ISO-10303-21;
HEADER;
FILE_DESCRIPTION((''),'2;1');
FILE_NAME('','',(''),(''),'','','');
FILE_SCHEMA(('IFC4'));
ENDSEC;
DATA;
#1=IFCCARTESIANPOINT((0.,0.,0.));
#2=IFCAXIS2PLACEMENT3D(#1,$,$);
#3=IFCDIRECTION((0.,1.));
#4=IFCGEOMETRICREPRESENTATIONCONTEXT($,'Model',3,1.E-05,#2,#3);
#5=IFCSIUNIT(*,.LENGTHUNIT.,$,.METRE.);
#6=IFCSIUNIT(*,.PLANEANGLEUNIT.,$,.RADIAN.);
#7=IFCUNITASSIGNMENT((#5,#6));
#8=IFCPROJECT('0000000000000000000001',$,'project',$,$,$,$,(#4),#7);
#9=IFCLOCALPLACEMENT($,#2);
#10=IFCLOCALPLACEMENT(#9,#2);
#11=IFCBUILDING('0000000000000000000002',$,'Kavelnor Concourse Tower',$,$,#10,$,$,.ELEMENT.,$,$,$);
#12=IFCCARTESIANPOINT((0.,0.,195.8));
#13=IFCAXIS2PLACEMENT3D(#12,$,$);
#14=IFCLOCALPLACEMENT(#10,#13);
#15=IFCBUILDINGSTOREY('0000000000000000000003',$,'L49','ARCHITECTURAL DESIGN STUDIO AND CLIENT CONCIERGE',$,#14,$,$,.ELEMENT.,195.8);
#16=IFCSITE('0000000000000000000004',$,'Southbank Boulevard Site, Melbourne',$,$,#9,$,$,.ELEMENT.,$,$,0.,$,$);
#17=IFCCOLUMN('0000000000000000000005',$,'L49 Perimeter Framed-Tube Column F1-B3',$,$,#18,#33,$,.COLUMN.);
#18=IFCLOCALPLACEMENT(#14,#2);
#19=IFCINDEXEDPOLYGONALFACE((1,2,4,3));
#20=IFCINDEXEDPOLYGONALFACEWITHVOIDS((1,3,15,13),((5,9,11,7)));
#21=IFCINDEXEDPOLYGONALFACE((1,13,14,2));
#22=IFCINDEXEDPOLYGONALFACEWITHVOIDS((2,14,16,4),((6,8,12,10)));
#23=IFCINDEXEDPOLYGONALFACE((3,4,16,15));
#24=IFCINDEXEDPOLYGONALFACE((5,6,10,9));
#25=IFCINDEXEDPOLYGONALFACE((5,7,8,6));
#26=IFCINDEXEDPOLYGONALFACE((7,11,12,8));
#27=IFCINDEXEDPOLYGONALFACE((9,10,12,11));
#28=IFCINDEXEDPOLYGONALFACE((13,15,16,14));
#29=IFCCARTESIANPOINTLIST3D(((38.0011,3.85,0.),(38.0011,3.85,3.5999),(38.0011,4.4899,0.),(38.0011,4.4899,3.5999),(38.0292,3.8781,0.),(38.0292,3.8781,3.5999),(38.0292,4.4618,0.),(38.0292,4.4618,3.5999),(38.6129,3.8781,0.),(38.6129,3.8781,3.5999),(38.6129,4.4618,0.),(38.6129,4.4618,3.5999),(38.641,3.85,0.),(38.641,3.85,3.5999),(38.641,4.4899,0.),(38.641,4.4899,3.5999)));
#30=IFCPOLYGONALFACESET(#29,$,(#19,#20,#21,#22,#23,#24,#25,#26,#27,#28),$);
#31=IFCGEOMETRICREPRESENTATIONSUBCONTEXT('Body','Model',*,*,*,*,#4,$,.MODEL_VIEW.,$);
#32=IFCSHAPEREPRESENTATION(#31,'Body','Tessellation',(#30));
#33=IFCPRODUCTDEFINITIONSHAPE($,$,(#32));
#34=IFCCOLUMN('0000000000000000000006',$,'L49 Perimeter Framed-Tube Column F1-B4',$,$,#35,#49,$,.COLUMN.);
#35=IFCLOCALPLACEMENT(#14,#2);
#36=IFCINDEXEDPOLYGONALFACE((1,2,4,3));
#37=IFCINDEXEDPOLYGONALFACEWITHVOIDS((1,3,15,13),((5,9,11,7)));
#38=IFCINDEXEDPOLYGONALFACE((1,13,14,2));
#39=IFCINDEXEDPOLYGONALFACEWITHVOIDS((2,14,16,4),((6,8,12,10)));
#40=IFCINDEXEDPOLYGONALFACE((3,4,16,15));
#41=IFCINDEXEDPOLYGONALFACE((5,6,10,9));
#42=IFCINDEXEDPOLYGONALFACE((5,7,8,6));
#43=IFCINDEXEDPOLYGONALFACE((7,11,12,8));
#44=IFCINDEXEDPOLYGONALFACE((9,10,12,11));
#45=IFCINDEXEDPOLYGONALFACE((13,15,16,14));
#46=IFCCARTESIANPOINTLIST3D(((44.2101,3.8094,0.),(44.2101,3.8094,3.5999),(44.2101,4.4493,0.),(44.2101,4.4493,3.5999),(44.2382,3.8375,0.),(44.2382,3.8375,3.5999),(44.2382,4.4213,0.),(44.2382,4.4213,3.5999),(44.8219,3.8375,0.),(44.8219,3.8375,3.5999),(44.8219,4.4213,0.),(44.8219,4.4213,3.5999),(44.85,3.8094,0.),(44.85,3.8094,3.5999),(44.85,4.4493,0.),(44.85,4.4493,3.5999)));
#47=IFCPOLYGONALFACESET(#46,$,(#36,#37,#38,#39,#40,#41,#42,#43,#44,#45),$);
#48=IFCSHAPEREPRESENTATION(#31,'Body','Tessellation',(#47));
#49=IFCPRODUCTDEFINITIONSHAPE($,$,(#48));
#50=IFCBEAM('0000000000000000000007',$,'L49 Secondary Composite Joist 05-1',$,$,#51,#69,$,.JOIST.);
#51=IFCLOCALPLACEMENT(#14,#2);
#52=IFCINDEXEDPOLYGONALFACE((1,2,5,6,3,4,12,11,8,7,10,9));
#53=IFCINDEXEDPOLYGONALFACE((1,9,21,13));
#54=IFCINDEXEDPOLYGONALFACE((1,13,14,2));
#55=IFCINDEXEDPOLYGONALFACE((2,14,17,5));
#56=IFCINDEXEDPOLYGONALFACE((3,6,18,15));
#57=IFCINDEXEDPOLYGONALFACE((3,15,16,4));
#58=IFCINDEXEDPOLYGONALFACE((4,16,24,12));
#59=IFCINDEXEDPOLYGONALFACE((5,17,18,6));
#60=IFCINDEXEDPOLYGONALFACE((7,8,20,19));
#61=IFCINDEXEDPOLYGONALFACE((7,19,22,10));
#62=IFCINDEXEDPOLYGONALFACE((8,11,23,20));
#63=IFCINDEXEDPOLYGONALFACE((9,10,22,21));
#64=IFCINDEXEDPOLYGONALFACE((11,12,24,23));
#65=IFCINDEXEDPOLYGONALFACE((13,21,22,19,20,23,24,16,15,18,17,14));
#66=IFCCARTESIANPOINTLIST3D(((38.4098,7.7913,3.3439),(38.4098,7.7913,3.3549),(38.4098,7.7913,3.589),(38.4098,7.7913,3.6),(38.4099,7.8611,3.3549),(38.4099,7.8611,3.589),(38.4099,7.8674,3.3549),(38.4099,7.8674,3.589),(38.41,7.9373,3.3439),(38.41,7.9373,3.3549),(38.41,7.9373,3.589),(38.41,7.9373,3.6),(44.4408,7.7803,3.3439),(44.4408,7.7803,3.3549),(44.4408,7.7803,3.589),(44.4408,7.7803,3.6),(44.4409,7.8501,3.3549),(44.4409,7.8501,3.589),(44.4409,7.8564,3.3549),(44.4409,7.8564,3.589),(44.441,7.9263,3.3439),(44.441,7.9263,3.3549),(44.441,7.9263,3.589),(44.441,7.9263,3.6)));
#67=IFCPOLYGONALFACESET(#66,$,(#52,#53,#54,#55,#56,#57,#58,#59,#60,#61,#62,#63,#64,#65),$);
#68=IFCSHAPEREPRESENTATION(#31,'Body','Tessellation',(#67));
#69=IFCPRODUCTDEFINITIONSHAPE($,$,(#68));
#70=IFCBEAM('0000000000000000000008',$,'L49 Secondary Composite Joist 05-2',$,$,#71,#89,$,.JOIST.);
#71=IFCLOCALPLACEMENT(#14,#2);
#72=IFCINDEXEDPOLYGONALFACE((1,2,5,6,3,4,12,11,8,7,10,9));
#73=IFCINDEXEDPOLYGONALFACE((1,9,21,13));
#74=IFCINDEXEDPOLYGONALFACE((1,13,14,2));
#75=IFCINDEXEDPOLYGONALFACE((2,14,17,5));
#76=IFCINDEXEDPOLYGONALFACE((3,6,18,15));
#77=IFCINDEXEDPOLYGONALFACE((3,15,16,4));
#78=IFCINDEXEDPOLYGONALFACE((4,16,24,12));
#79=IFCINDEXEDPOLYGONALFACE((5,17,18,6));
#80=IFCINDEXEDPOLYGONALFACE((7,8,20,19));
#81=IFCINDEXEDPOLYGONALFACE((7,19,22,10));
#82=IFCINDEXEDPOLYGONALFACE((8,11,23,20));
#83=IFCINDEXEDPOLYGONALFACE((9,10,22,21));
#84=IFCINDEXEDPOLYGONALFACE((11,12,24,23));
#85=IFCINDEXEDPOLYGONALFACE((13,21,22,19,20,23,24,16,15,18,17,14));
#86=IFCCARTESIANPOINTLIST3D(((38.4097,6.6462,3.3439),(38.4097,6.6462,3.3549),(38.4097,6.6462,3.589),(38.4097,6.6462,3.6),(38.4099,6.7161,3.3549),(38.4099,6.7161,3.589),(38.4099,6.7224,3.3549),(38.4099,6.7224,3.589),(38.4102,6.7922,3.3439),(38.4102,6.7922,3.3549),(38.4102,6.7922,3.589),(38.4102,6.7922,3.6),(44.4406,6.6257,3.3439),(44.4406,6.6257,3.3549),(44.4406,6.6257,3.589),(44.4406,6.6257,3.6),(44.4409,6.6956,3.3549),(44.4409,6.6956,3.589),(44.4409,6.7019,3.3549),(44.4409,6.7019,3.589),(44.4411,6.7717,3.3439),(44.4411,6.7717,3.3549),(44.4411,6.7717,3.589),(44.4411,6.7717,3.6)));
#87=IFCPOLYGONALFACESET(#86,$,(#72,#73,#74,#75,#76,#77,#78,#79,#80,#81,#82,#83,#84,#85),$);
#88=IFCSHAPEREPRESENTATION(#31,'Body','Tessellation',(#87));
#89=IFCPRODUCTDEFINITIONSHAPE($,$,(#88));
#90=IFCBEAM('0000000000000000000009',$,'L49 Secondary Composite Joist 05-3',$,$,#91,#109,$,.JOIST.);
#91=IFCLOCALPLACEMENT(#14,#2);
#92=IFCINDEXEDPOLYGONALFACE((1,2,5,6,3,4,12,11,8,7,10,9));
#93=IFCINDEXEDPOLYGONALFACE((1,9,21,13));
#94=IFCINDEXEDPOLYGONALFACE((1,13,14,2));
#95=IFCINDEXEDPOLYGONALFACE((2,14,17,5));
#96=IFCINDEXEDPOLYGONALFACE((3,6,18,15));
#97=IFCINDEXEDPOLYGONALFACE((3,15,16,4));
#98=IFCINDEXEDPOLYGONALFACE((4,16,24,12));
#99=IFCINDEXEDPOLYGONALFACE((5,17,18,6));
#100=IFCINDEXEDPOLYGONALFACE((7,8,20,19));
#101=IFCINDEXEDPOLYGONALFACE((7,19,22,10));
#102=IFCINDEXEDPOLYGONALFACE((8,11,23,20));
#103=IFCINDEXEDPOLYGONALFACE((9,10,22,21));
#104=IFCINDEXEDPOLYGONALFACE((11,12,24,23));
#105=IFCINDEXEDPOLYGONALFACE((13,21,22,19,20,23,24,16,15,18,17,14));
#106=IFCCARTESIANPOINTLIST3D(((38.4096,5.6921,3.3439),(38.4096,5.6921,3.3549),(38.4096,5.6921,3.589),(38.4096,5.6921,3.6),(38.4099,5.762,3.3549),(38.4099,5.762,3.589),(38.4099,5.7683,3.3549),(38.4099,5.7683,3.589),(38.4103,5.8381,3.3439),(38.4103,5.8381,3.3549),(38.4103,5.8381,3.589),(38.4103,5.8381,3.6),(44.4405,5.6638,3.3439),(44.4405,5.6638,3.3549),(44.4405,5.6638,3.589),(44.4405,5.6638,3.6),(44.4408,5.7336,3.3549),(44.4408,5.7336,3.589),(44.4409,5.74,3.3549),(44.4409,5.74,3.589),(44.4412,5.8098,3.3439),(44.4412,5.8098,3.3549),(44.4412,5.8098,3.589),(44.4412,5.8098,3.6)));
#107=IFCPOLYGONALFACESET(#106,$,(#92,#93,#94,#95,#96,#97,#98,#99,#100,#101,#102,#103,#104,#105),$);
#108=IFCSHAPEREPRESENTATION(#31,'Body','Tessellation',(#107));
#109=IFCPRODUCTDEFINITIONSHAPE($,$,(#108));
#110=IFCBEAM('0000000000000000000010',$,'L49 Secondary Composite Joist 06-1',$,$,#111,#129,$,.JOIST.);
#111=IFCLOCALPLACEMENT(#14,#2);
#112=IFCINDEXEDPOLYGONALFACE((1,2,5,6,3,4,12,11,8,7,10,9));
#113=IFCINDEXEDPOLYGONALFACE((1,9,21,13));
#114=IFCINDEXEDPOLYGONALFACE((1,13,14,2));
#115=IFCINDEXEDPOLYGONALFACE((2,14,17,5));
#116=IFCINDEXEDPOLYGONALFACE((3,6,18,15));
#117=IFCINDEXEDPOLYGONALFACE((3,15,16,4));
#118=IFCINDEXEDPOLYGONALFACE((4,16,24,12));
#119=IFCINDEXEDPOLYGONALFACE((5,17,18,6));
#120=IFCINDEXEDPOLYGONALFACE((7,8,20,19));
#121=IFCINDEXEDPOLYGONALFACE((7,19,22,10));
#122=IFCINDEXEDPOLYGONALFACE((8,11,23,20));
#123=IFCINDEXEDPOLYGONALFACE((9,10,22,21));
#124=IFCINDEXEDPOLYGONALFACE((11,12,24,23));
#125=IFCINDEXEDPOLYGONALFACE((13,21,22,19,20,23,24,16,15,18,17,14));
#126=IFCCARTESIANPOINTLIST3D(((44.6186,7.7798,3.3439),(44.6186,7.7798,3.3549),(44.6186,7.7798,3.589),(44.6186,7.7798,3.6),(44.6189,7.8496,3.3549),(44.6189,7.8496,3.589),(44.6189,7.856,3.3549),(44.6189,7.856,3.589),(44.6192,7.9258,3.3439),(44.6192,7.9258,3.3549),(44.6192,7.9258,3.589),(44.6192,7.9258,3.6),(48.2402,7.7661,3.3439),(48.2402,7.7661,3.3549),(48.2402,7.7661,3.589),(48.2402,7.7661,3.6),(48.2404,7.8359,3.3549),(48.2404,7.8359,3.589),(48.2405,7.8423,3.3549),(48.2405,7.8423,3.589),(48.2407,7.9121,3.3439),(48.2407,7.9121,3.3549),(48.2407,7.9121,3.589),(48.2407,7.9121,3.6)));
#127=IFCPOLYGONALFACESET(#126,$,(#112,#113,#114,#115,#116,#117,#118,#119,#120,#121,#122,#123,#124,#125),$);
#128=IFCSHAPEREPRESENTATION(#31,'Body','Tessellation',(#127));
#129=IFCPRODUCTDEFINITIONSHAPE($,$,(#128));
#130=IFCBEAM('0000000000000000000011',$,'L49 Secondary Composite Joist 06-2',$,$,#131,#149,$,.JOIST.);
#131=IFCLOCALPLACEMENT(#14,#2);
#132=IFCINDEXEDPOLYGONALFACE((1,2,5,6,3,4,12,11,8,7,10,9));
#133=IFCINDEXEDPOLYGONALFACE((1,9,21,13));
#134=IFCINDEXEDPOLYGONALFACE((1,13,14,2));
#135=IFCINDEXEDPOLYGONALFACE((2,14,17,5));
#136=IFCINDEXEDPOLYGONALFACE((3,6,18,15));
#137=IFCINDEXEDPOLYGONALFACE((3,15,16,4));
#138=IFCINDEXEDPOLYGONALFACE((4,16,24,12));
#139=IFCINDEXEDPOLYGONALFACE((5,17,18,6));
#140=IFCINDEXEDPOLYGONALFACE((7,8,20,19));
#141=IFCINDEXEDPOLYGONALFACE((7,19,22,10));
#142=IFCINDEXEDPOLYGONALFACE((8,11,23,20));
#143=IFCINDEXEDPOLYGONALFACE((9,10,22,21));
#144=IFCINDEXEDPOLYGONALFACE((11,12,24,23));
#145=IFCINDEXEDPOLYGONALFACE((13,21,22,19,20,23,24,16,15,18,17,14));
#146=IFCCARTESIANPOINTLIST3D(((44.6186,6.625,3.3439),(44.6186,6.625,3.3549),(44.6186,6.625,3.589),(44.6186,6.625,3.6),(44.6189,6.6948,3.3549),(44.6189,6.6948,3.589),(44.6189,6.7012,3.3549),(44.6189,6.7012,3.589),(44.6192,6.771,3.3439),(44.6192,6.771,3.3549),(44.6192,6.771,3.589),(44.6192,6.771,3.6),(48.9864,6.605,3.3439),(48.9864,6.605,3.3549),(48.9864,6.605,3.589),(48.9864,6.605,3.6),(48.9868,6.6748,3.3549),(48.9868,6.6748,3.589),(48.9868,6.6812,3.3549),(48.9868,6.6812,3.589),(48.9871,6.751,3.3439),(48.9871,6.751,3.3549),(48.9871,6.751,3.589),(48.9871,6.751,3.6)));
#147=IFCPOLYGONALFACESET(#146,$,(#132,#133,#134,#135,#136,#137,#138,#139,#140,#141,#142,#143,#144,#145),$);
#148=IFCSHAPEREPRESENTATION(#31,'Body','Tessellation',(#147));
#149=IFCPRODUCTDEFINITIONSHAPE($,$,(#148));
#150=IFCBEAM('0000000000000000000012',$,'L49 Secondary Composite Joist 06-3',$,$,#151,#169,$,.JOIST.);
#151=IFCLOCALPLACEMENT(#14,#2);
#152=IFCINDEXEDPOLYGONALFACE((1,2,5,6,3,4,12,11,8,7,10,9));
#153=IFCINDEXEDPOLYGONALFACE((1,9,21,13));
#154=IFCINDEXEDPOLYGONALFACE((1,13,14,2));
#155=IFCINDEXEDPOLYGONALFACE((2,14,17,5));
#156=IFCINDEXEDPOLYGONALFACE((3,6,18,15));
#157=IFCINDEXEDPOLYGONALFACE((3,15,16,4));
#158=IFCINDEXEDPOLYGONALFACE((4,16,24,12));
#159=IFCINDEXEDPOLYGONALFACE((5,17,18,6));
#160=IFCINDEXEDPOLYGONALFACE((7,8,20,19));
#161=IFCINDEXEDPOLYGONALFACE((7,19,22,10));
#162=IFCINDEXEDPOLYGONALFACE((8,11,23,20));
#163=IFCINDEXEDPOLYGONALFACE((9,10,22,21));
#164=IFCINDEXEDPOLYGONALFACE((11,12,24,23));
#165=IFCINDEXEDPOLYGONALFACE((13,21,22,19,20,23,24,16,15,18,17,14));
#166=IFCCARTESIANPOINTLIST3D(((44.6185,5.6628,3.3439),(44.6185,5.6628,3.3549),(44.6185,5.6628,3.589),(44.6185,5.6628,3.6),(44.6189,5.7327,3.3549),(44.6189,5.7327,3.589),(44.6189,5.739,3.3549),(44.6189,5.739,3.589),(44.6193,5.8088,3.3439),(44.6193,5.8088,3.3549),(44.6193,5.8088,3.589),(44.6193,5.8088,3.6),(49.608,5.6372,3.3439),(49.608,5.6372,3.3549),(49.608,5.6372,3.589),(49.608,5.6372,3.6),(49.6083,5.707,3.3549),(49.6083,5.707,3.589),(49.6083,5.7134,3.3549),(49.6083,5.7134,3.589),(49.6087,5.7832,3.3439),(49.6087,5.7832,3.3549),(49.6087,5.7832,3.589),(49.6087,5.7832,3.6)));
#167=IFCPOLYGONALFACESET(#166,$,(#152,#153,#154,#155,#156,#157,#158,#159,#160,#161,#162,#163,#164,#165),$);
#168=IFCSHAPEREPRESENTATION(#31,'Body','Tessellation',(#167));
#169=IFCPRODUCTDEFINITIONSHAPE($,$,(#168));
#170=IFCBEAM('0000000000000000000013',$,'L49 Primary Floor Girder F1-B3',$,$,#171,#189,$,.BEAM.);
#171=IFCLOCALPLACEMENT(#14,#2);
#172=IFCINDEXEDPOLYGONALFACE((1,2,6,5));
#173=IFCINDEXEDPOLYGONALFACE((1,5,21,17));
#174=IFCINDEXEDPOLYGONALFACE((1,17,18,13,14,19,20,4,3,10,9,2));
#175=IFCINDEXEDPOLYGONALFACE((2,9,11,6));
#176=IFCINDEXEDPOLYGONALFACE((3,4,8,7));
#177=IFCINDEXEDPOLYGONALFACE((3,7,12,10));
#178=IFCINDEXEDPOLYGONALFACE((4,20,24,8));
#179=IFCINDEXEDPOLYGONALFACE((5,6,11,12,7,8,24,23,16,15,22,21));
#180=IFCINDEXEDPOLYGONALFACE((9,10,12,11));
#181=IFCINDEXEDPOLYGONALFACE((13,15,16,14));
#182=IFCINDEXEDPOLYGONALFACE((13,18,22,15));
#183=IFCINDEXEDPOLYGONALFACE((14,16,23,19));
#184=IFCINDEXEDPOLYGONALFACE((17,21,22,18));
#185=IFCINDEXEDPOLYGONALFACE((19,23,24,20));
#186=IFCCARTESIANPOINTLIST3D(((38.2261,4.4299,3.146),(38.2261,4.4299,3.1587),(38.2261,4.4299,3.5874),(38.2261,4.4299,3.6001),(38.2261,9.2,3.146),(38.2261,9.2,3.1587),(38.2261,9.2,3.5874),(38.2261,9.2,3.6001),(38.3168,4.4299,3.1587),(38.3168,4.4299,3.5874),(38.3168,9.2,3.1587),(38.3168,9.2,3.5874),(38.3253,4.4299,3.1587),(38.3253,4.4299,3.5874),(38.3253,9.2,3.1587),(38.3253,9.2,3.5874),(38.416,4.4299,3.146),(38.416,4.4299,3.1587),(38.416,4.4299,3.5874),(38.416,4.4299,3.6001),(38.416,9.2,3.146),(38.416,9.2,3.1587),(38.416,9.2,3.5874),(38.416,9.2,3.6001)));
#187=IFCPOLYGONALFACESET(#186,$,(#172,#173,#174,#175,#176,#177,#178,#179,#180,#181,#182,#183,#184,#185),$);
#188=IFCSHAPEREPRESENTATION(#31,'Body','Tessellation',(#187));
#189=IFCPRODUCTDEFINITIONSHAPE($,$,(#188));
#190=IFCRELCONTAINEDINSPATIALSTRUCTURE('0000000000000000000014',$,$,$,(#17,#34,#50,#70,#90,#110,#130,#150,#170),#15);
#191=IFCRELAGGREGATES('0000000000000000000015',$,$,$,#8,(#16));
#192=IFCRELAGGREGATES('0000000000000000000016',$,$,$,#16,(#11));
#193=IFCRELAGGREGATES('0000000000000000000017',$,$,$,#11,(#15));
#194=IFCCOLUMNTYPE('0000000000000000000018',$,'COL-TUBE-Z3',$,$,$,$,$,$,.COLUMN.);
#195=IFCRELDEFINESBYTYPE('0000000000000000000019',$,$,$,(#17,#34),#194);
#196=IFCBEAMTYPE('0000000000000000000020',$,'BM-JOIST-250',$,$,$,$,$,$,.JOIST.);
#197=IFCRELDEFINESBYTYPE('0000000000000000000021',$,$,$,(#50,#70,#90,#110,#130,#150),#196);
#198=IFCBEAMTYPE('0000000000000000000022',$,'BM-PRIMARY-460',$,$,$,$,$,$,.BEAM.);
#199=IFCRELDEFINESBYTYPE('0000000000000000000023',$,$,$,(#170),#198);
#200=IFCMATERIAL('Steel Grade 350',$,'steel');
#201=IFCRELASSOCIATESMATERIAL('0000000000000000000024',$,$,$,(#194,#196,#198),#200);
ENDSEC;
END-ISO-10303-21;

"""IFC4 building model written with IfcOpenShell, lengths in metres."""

from ifc_helpers import new_model, si_unit, direction, frame, origin, origin_2d, place, context, subcontext, project, spatial, hollow_rectangle, i_section, extrude, material, material_profile, profile_set, type_object, element, save


model = new_model("IFC4")

# Units and contexts
model_context = context("Model", 3, precision=1e-05, world=origin(), true_north=direction((0.0, 1.0)))
body_context = subcontext(model_context, "Body", "Model", "MODEL_VIEW")
ifc_project = project(units=[si_unit("LENGTHUNIT", "METRE"), si_unit("PLANEANGLEUNIT", "RADIAN")], contexts=[model_context])

# Site, building, storey
site_placement = place(None, origin())
site = spatial("IfcSite", under=ifc_project, at=site_placement, Name="Southbank Boulevard Site, Melbourne", CompositionType="ELEMENT", RefElevation=0.0)
building_placement = place(site_placement, origin())
building = spatial("IfcBuilding", under=site, at=building_placement, Name="Kavelnor Concourse Tower", CompositionType="ELEMENT")
storey_placement = place(building_placement, frame((0.0, 0.0, 195.8)))
storey = spatial("IfcBuildingStorey", under=building, at=storey_placement, Name="L49", Description="ARCHITECTURAL DESIGN STUDIO AND CLIENT CONCIERGE", CompositionType="ELEMENT", Elevation=195.8)

# Columns
ifc_material_1 = material(Name="Steel Grade 350", Category="steel")
ifc_material_profile_1 = material_profile(ifc_material_1, hollow_rectangle(XDim=0.6399, YDim=0.6399, WallThickness=0.0281, at=origin_2d()), Name="SHS 640x640x28")
ifc_profile_set_1 = profile_set([ifc_material_profile_1], Name="Steel Grade 350")
column_type = type_object("IfcColumnType", Name="COL-TUBE-Z3", PredefinedType="COLUMN", material=ifc_profile_set_1)
for number, where, z_axis, x_axis, name in (
    (1, (38.321, 4.1699, 0.0), (0.0, 0.0, 1.0), (1.0, 0.0, 0.0), "L49 Perimeter Framed-Tube Column F1-B3"),
    (2, (44.53, 4.1294, 0.0), (0.0, 0.0, 1.0), (1.0, 0.0, 0.0), "L49 Perimeter Framed-Tube Column F1-B4"),
):
    element("IfcColumn", number, at=place(storey_placement, frame(where, z_axis=z_axis, x_axis=x_axis)), inside=storey, type_object=column_type, Name=name, PredefinedType="COLUMN", context=body_context, shape_type="SweptSolid", body=[
        extrude(hollow_rectangle(XDim=0.6399, YDim=0.6399, WallThickness=0.0281, at=origin_2d()), origin(), (0.0, 0.0, 1.0), 3.5999),
    ])

# Beams
ifc_material_profile_2 = material_profile(ifc_material_1, i_section(OverallWidth=0.146, OverallDepth=0.2561, WebThickness=0.0063, FlangeThickness=0.011, at=origin_2d()), Name="250UB37")
ifc_profile_set_2 = profile_set([ifc_material_profile_2], Name="Steel Grade 350")
beam_type_1 = type_object("IfcBeamType", Name="BM-JOIST-250", PredefinedType="JOIST", material=ifc_profile_set_2)
for number, where, z_axis, x_axis, name in (
    (3, (38.4099, 7.8643, 3.4719), (0.999998, -0.001822, 0.0), (0.001822, 0.999998, 0.0), "L49 Secondary Composite Joist 05-1"),
    (4, (38.4099, 6.7192, 3.4719), (0.999994, -0.0034, 0.0), (0.0034, 0.999994, 0.0), "L49 Secondary Composite Joist 05-2"),
    (5, (38.4099, 5.7651, 3.4719), (0.999989, -0.004696, 0.0), (0.004696, 0.999989, 0.0), "L49 Secondary Composite Joist 05-3"),
):
    element("IfcBeam", number, at=place(storey_placement, frame(where, z_axis=z_axis, x_axis=x_axis)), inside=storey, type_object=beam_type_1, Name=name, PredefinedType="JOIST", context=body_context, shape_type="SweptSolid", body=[
        extrude(i_section(OverallWidth=0.146, OverallDepth=0.2561, WebThickness=0.0063, FlangeThickness=0.011, at=origin_2d()), origin(), (0.0, 0.0, 1.0), 6.031),
    ])
beam_1_placement = place(storey_placement, frame((44.6189, 7.8528, 3.4719), z_axis=(0.999993, -0.003775, 0.0), x_axis=(0.003775, 0.999993, 0.0)))
element("IfcBeam", 6, at=beam_1_placement, inside=storey, type_object=beam_type_1, Name="L49 Secondary Composite Joist 06-1", PredefinedType="JOIST", context=body_context, shape_type="SweptSolid", body=[
    extrude(i_section(OverallWidth=0.146, OverallDepth=0.2561, WebThickness=0.0063, FlangeThickness=0.011, at=origin_2d()), origin(), (0.0, 0.0, 1.0), 3.6216),
])
beam_2_placement = place(storey_placement, frame((44.6189, 6.698, 3.4719), z_axis=(0.999989, -0.004583, 0.0), x_axis=(0.004583, 0.999989, 0.0)))
element("IfcBeam", 7, at=beam_2_placement, inside=storey, type_object=beam_type_1, Name="L49 Secondary Composite Joist 06-2", PredefinedType="JOIST", context=body_context, shape_type="SweptSolid", body=[
    extrude(i_section(OverallWidth=0.146, OverallDepth=0.2561, WebThickness=0.0063, FlangeThickness=0.011, at=origin_2d()), origin(), (0.0, 0.0, 1.0), 4.3679),
])
beam_3_placement = place(storey_placement, frame((44.6189, 5.7358, 3.4719), z_axis=(0.999987, -0.005138, 0.0), x_axis=(0.005138, 0.999987, 0.0)))
element("IfcBeam", 8, at=beam_3_placement, inside=storey, type_object=beam_type_1, Name="L49 Secondary Composite Joist 06-3", PredefinedType="JOIST", context=body_context, shape_type="SweptSolid", body=[
    extrude(i_section(OverallWidth=0.146, OverallDepth=0.2561, WebThickness=0.0063, FlangeThickness=0.011, at=origin_2d()), origin(), (0.0, 0.0, 1.0), 4.9895),
])
ifc_material_profile_3 = material_profile(ifc_material_1, i_section(OverallWidth=0.1899, OverallDepth=0.4541, WebThickness=0.0085, FlangeThickness=0.0127, at=origin_2d()), Name="460UB67")
ifc_profile_set_3 = profile_set([ifc_material_profile_3], Name="Steel Grade 350")
beam_type_2 = type_object("IfcBeamType", Name="BM-PRIMARY-460", PredefinedType="BEAM", material=ifc_profile_set_3)
beam_4_placement = place(storey_placement, frame((38.321, 9.2, 3.373), z_axis=(0.0, -1.0, 0.0), x_axis=(1.0, 0.0, 0.0)))
element("IfcBeam", 9, at=beam_4_placement, inside=storey, type_object=beam_type_2, Name="L49 Primary Floor Girder F1-B3", PredefinedType="BEAM", context=body_context, shape_type="SweptSolid", body=[
    extrude(i_section(OverallWidth=0.1899, OverallDepth=0.4541, WebThickness=0.0085, FlangeThickness=0.0127, at=origin_2d()), origin(), (0.0, 0.0, 1.0), 4.77),
])

save(model, "model.ifc")
